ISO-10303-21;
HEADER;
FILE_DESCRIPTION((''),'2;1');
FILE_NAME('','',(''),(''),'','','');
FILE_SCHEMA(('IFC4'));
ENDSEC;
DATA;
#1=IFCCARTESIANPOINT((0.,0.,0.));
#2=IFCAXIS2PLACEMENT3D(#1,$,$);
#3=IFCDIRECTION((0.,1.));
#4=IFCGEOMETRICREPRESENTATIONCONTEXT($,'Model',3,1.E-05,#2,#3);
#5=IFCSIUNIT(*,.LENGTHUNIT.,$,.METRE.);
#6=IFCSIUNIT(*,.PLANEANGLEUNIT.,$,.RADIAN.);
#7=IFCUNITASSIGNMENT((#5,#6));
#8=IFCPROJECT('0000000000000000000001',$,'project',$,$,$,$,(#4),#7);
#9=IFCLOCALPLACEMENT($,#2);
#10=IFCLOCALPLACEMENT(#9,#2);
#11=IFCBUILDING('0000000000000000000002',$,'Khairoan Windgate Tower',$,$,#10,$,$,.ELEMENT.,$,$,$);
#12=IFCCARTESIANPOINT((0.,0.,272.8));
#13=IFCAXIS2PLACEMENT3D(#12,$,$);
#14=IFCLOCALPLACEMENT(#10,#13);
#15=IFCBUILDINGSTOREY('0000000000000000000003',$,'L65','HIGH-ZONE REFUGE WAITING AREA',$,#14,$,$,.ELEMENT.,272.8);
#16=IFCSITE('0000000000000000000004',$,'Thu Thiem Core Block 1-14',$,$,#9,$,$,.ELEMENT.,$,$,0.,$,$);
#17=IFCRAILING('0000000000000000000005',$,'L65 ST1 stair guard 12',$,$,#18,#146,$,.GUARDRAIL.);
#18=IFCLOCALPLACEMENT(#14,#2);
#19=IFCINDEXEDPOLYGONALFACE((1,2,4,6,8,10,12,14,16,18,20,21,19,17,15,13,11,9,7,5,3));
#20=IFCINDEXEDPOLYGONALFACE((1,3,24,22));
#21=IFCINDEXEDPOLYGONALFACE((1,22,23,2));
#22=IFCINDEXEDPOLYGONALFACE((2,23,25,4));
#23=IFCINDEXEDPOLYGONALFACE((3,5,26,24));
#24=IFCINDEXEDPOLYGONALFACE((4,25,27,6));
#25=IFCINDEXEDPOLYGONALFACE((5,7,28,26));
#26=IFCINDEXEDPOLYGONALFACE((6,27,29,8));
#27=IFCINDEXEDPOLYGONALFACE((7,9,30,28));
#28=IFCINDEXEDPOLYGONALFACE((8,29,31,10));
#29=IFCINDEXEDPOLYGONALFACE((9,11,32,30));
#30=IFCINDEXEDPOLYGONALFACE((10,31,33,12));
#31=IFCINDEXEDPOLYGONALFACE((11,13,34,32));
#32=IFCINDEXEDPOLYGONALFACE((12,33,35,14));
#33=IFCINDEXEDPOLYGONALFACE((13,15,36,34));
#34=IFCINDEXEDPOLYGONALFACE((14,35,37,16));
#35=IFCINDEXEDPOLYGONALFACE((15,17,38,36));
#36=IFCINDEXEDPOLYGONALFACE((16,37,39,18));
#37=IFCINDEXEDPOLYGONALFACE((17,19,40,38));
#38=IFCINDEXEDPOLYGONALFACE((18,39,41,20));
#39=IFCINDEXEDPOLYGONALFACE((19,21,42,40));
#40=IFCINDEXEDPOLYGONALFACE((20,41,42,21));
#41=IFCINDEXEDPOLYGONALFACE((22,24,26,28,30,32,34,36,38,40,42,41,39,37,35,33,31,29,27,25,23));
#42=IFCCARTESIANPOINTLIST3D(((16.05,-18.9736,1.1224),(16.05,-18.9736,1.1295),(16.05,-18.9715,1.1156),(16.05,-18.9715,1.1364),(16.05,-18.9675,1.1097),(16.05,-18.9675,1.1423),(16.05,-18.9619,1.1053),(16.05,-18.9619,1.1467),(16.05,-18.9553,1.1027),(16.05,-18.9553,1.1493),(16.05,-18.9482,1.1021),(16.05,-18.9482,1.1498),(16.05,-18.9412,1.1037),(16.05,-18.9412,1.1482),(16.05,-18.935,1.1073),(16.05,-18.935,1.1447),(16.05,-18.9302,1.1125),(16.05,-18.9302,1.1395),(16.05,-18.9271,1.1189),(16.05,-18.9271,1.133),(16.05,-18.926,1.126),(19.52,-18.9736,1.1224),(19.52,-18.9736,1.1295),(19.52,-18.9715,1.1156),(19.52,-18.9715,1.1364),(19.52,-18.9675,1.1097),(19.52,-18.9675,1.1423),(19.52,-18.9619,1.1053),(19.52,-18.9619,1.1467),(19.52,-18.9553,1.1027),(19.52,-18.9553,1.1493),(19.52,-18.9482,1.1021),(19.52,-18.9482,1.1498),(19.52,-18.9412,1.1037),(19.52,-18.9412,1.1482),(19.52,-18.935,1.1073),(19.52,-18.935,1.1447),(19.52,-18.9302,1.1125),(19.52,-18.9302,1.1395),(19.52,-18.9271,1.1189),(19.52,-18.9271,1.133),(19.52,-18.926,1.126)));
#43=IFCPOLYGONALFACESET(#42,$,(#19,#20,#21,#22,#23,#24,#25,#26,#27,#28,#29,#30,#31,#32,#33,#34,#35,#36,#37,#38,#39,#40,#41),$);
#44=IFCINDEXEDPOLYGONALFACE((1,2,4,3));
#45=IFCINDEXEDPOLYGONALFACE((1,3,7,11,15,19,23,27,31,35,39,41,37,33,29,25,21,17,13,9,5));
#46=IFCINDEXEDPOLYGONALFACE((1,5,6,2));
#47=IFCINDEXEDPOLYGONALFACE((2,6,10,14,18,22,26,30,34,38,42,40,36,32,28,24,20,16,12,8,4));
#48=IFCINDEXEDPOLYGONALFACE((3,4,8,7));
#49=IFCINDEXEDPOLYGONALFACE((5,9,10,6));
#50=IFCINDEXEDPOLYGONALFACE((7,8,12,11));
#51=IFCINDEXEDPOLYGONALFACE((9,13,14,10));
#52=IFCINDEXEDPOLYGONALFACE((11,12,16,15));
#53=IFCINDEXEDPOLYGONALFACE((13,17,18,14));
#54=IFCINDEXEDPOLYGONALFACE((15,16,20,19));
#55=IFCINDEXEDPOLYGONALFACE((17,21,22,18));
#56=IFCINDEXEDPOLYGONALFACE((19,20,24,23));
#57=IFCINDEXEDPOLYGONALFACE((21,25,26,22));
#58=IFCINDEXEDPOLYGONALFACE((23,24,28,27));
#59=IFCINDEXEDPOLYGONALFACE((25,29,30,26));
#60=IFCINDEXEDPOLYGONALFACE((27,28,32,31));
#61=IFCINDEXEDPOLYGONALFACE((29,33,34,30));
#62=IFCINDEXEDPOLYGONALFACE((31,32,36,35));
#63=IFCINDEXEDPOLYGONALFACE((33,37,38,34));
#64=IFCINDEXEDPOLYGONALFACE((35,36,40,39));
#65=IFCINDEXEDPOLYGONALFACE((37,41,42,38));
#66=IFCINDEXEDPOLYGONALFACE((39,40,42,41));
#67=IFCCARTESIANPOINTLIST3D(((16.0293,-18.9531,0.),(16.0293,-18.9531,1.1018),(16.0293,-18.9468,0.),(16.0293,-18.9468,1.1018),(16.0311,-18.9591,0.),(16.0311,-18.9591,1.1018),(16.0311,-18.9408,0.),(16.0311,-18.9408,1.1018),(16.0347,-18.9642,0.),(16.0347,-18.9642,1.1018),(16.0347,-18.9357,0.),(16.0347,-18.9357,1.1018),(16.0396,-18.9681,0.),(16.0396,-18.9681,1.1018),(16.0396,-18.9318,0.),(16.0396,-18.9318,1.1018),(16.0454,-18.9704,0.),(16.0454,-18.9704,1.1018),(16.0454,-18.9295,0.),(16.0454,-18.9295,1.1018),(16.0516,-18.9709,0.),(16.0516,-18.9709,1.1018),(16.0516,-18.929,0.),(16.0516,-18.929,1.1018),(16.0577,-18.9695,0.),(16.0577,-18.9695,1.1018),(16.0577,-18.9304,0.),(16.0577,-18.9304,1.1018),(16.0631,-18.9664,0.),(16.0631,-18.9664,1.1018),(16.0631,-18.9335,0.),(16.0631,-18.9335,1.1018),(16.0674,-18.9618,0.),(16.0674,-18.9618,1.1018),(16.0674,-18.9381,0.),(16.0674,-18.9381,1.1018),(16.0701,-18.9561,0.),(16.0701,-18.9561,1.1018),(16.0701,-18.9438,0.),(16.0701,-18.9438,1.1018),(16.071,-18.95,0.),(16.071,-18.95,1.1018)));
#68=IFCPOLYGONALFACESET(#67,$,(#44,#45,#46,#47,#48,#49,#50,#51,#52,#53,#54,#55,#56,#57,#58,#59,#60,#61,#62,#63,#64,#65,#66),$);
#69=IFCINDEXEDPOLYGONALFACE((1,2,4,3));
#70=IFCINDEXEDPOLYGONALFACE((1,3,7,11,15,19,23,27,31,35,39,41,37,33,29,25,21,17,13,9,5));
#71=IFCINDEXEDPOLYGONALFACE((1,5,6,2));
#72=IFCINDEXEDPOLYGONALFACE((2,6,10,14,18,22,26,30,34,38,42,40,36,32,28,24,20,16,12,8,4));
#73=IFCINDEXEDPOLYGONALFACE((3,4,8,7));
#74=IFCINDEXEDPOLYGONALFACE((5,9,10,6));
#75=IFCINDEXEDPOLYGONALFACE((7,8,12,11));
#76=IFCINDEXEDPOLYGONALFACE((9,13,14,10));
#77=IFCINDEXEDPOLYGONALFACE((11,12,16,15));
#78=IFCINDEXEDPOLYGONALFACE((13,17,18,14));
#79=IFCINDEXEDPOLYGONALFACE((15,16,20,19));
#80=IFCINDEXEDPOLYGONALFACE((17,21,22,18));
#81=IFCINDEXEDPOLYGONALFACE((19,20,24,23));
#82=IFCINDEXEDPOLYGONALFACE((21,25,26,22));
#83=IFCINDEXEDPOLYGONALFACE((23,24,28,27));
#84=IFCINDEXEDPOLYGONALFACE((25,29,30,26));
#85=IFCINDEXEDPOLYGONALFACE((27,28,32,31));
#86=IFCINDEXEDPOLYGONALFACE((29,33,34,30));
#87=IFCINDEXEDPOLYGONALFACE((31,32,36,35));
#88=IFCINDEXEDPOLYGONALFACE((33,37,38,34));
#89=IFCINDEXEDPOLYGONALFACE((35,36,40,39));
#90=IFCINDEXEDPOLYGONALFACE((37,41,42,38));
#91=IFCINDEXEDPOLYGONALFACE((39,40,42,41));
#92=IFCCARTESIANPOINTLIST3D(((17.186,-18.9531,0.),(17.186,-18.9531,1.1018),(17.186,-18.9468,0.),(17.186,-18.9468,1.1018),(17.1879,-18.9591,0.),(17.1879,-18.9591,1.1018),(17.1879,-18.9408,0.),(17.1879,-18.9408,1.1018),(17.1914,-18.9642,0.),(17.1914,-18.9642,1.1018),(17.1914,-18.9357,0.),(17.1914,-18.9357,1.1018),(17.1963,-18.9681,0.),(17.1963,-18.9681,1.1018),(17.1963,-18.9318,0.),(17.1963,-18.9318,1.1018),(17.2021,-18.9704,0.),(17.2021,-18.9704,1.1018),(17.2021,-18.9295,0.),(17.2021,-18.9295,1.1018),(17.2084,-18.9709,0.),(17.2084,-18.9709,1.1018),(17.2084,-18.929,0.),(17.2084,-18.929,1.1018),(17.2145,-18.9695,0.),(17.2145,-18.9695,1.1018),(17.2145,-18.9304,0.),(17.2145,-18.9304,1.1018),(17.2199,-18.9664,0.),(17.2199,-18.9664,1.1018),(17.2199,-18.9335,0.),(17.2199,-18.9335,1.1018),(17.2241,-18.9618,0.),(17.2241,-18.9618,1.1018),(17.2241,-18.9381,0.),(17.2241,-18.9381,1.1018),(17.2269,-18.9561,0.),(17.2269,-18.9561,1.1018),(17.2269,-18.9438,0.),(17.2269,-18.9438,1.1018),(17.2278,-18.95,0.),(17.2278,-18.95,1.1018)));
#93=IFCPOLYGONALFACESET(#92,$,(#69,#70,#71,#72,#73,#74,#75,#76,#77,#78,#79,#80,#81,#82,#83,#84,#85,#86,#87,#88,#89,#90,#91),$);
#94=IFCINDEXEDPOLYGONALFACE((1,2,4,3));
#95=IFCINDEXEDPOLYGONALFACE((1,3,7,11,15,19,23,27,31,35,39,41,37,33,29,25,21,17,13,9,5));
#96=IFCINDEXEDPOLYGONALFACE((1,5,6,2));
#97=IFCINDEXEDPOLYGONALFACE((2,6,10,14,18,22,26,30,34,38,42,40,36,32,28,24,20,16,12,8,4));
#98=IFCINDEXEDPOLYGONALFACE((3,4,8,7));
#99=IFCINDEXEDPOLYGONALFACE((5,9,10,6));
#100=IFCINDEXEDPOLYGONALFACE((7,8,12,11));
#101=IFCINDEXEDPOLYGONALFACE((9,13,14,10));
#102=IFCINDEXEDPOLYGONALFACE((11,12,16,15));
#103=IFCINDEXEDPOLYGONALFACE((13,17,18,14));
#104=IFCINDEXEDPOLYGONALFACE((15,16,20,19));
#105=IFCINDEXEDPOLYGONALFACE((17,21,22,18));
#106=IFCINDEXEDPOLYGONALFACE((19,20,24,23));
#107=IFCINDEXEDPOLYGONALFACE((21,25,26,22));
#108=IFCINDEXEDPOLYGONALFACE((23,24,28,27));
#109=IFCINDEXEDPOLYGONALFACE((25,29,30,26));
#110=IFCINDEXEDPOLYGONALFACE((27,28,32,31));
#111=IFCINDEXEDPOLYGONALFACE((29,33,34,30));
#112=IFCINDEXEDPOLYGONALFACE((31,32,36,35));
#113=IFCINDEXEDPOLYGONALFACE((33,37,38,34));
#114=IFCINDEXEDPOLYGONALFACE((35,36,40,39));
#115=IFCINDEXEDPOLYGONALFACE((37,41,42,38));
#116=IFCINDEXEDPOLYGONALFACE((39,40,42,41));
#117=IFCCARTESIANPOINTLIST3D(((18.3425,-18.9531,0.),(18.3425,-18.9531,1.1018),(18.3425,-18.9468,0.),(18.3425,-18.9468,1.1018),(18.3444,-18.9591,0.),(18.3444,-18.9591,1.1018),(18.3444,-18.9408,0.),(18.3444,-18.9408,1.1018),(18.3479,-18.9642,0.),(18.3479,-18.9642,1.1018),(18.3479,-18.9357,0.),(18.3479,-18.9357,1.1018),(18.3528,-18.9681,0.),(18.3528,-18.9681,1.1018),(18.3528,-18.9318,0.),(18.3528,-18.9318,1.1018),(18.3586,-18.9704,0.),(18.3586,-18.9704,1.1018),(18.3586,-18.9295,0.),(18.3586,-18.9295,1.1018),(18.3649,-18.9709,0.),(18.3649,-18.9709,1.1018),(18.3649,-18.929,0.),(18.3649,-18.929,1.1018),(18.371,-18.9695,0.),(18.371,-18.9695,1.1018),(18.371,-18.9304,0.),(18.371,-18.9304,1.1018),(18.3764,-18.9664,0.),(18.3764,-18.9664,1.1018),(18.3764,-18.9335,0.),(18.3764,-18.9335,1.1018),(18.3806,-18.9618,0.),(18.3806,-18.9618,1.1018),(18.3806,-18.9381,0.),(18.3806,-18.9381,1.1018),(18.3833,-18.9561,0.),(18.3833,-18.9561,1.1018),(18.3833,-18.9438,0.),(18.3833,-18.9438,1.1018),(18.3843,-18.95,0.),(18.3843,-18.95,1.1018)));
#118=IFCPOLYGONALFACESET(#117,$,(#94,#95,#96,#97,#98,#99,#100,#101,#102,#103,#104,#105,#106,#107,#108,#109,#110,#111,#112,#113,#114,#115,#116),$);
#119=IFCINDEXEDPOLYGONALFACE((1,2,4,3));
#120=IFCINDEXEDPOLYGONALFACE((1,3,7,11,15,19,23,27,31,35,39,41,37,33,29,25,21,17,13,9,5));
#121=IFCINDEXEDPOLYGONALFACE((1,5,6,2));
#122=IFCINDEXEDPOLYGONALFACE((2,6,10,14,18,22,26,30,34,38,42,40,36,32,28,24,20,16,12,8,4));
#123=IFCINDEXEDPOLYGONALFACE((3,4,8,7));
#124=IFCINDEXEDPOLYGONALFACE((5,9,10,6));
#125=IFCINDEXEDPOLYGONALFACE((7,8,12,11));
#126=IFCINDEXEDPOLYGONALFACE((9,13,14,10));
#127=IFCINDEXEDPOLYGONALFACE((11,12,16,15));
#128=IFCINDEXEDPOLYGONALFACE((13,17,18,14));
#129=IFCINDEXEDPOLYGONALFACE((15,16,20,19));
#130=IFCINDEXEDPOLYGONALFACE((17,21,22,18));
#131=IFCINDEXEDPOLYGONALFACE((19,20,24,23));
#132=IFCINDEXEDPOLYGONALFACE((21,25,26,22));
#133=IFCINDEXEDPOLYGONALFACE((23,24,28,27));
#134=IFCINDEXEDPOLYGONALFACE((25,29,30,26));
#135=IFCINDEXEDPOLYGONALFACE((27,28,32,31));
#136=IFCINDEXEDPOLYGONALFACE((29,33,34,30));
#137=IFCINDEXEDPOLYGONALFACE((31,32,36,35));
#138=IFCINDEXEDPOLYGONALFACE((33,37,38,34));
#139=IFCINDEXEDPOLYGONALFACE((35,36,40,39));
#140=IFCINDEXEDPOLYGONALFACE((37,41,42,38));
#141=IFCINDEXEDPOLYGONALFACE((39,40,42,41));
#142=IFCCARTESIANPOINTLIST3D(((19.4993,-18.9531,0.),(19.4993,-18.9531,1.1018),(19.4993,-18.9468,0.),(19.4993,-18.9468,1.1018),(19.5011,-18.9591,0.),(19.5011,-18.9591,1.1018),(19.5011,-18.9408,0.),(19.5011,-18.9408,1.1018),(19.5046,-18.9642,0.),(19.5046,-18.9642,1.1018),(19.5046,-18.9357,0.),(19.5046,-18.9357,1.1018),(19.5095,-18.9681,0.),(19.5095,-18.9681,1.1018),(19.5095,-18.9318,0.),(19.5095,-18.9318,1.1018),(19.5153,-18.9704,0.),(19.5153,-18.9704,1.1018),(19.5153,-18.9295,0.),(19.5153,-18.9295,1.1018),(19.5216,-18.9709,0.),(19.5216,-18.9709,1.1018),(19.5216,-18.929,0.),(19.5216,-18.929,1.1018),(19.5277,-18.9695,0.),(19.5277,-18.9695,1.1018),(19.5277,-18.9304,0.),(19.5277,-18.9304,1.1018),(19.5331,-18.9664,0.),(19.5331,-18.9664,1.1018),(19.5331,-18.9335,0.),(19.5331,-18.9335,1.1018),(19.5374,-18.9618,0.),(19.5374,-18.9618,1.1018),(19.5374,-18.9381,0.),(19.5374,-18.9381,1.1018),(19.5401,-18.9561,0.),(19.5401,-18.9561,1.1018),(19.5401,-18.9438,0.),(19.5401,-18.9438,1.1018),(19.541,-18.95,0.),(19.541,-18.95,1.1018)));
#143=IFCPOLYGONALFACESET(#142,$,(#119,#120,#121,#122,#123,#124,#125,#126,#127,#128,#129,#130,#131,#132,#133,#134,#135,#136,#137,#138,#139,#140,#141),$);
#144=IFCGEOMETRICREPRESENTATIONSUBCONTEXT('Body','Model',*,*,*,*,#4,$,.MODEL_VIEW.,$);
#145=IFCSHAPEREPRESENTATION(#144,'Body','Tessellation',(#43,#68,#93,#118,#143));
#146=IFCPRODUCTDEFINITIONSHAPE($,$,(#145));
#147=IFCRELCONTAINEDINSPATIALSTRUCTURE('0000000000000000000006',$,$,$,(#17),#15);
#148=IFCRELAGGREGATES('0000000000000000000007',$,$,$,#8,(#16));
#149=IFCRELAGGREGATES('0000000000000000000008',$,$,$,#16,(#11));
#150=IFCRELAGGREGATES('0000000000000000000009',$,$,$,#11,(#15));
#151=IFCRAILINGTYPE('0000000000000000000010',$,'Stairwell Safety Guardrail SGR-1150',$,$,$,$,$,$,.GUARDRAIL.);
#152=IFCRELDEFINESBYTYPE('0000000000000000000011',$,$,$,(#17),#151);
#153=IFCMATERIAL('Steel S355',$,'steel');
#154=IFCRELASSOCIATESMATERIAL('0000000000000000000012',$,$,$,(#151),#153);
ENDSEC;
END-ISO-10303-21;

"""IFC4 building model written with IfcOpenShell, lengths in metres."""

from ifc_helpers import new_model, si_unit, direction, frame, origin, origin_2d, place, context, subcontext, project, spatial, circle, extrude, material, type_object, element, save


model = new_model("IFC4")

# Units and contexts
model_context = context("Model", 3, precision=1e-05, world=origin(), true_north=direction((0.0, 1.0)))
body_context = subcontext(model_context, "Body", "Model", "MODEL_VIEW")
ifc_project = project(units=[si_unit("LENGTHUNIT", "METRE"), si_unit("PLANEANGLEUNIT", "RADIAN")], contexts=[model_context])

# Site, building, storey
site_placement = place(None, origin())
site = spatial("IfcSite", under=ifc_project, at=site_placement, Name="Thu Thiem Core Block 1-14", CompositionType="ELEMENT", RefElevation=0.0)
building_placement = place(site_placement, origin())
building = spatial("IfcBuilding", under=site, at=building_placement, Name="Khairoan Windgate Tower", CompositionType="ELEMENT")
storey_placement = place(building_placement, frame((0.0, 0.0, 272.8)))
storey = spatial("IfcBuildingStorey", under=building, at=storey_placement, Name="L65", Description="HIGH-ZONE REFUGE WAITING AREA", CompositionType="ELEMENT", Elevation=272.8)

# Railing
ifc_material_1 = material(Name="Steel S355", Category="steel")
railing_type_1 = type_object("IfcRailingType", Name="Stairwell Safety Guardrail SGR-1150", PredefinedType="GUARDRAIL", material=ifc_material_1)
railing_1_placement = place(storey_placement, frame((16.05, -18.95, 0.0)))
element("IfcRailing", 1, at=railing_1_placement, inside=storey, type_object=railing_type_1, Name="L65 ST1 stair guard 12", PredefinedType="GUARDRAIL", context=body_context, shape_type="SweptSolid", body=[
    extrude(circle(Radius=0.0239, at=origin_2d()), frame((0.0, 0.0, 1.126), z_axis=(1.0, 0.0, 0.0), x_axis=(0.0, 1.0, 0.0)), (0.0, 0.0, 1.0), 3.47),
    extrude(circle(Radius=0.021, at=origin_2d()), origin(), (0.0, 0.0, 1.0), 1.1018),
    extrude(circle(Radius=0.021, at=origin_2d()), frame((1.1567, 0.0, 0.0)), (0.0, 0.0, 1.0), 1.1018),
    extrude(circle(Radius=0.021, at=origin_2d()), frame((2.3132, 0.0, 0.0)), (0.0, 0.0, 1.0), 1.1018),
    extrude(circle(Radius=0.021, at=origin_2d()), frame((3.47, 0.0, 0.0)), (0.0, 0.0, 1.0), 1.1018),
])

save(model, "model.ifc")
